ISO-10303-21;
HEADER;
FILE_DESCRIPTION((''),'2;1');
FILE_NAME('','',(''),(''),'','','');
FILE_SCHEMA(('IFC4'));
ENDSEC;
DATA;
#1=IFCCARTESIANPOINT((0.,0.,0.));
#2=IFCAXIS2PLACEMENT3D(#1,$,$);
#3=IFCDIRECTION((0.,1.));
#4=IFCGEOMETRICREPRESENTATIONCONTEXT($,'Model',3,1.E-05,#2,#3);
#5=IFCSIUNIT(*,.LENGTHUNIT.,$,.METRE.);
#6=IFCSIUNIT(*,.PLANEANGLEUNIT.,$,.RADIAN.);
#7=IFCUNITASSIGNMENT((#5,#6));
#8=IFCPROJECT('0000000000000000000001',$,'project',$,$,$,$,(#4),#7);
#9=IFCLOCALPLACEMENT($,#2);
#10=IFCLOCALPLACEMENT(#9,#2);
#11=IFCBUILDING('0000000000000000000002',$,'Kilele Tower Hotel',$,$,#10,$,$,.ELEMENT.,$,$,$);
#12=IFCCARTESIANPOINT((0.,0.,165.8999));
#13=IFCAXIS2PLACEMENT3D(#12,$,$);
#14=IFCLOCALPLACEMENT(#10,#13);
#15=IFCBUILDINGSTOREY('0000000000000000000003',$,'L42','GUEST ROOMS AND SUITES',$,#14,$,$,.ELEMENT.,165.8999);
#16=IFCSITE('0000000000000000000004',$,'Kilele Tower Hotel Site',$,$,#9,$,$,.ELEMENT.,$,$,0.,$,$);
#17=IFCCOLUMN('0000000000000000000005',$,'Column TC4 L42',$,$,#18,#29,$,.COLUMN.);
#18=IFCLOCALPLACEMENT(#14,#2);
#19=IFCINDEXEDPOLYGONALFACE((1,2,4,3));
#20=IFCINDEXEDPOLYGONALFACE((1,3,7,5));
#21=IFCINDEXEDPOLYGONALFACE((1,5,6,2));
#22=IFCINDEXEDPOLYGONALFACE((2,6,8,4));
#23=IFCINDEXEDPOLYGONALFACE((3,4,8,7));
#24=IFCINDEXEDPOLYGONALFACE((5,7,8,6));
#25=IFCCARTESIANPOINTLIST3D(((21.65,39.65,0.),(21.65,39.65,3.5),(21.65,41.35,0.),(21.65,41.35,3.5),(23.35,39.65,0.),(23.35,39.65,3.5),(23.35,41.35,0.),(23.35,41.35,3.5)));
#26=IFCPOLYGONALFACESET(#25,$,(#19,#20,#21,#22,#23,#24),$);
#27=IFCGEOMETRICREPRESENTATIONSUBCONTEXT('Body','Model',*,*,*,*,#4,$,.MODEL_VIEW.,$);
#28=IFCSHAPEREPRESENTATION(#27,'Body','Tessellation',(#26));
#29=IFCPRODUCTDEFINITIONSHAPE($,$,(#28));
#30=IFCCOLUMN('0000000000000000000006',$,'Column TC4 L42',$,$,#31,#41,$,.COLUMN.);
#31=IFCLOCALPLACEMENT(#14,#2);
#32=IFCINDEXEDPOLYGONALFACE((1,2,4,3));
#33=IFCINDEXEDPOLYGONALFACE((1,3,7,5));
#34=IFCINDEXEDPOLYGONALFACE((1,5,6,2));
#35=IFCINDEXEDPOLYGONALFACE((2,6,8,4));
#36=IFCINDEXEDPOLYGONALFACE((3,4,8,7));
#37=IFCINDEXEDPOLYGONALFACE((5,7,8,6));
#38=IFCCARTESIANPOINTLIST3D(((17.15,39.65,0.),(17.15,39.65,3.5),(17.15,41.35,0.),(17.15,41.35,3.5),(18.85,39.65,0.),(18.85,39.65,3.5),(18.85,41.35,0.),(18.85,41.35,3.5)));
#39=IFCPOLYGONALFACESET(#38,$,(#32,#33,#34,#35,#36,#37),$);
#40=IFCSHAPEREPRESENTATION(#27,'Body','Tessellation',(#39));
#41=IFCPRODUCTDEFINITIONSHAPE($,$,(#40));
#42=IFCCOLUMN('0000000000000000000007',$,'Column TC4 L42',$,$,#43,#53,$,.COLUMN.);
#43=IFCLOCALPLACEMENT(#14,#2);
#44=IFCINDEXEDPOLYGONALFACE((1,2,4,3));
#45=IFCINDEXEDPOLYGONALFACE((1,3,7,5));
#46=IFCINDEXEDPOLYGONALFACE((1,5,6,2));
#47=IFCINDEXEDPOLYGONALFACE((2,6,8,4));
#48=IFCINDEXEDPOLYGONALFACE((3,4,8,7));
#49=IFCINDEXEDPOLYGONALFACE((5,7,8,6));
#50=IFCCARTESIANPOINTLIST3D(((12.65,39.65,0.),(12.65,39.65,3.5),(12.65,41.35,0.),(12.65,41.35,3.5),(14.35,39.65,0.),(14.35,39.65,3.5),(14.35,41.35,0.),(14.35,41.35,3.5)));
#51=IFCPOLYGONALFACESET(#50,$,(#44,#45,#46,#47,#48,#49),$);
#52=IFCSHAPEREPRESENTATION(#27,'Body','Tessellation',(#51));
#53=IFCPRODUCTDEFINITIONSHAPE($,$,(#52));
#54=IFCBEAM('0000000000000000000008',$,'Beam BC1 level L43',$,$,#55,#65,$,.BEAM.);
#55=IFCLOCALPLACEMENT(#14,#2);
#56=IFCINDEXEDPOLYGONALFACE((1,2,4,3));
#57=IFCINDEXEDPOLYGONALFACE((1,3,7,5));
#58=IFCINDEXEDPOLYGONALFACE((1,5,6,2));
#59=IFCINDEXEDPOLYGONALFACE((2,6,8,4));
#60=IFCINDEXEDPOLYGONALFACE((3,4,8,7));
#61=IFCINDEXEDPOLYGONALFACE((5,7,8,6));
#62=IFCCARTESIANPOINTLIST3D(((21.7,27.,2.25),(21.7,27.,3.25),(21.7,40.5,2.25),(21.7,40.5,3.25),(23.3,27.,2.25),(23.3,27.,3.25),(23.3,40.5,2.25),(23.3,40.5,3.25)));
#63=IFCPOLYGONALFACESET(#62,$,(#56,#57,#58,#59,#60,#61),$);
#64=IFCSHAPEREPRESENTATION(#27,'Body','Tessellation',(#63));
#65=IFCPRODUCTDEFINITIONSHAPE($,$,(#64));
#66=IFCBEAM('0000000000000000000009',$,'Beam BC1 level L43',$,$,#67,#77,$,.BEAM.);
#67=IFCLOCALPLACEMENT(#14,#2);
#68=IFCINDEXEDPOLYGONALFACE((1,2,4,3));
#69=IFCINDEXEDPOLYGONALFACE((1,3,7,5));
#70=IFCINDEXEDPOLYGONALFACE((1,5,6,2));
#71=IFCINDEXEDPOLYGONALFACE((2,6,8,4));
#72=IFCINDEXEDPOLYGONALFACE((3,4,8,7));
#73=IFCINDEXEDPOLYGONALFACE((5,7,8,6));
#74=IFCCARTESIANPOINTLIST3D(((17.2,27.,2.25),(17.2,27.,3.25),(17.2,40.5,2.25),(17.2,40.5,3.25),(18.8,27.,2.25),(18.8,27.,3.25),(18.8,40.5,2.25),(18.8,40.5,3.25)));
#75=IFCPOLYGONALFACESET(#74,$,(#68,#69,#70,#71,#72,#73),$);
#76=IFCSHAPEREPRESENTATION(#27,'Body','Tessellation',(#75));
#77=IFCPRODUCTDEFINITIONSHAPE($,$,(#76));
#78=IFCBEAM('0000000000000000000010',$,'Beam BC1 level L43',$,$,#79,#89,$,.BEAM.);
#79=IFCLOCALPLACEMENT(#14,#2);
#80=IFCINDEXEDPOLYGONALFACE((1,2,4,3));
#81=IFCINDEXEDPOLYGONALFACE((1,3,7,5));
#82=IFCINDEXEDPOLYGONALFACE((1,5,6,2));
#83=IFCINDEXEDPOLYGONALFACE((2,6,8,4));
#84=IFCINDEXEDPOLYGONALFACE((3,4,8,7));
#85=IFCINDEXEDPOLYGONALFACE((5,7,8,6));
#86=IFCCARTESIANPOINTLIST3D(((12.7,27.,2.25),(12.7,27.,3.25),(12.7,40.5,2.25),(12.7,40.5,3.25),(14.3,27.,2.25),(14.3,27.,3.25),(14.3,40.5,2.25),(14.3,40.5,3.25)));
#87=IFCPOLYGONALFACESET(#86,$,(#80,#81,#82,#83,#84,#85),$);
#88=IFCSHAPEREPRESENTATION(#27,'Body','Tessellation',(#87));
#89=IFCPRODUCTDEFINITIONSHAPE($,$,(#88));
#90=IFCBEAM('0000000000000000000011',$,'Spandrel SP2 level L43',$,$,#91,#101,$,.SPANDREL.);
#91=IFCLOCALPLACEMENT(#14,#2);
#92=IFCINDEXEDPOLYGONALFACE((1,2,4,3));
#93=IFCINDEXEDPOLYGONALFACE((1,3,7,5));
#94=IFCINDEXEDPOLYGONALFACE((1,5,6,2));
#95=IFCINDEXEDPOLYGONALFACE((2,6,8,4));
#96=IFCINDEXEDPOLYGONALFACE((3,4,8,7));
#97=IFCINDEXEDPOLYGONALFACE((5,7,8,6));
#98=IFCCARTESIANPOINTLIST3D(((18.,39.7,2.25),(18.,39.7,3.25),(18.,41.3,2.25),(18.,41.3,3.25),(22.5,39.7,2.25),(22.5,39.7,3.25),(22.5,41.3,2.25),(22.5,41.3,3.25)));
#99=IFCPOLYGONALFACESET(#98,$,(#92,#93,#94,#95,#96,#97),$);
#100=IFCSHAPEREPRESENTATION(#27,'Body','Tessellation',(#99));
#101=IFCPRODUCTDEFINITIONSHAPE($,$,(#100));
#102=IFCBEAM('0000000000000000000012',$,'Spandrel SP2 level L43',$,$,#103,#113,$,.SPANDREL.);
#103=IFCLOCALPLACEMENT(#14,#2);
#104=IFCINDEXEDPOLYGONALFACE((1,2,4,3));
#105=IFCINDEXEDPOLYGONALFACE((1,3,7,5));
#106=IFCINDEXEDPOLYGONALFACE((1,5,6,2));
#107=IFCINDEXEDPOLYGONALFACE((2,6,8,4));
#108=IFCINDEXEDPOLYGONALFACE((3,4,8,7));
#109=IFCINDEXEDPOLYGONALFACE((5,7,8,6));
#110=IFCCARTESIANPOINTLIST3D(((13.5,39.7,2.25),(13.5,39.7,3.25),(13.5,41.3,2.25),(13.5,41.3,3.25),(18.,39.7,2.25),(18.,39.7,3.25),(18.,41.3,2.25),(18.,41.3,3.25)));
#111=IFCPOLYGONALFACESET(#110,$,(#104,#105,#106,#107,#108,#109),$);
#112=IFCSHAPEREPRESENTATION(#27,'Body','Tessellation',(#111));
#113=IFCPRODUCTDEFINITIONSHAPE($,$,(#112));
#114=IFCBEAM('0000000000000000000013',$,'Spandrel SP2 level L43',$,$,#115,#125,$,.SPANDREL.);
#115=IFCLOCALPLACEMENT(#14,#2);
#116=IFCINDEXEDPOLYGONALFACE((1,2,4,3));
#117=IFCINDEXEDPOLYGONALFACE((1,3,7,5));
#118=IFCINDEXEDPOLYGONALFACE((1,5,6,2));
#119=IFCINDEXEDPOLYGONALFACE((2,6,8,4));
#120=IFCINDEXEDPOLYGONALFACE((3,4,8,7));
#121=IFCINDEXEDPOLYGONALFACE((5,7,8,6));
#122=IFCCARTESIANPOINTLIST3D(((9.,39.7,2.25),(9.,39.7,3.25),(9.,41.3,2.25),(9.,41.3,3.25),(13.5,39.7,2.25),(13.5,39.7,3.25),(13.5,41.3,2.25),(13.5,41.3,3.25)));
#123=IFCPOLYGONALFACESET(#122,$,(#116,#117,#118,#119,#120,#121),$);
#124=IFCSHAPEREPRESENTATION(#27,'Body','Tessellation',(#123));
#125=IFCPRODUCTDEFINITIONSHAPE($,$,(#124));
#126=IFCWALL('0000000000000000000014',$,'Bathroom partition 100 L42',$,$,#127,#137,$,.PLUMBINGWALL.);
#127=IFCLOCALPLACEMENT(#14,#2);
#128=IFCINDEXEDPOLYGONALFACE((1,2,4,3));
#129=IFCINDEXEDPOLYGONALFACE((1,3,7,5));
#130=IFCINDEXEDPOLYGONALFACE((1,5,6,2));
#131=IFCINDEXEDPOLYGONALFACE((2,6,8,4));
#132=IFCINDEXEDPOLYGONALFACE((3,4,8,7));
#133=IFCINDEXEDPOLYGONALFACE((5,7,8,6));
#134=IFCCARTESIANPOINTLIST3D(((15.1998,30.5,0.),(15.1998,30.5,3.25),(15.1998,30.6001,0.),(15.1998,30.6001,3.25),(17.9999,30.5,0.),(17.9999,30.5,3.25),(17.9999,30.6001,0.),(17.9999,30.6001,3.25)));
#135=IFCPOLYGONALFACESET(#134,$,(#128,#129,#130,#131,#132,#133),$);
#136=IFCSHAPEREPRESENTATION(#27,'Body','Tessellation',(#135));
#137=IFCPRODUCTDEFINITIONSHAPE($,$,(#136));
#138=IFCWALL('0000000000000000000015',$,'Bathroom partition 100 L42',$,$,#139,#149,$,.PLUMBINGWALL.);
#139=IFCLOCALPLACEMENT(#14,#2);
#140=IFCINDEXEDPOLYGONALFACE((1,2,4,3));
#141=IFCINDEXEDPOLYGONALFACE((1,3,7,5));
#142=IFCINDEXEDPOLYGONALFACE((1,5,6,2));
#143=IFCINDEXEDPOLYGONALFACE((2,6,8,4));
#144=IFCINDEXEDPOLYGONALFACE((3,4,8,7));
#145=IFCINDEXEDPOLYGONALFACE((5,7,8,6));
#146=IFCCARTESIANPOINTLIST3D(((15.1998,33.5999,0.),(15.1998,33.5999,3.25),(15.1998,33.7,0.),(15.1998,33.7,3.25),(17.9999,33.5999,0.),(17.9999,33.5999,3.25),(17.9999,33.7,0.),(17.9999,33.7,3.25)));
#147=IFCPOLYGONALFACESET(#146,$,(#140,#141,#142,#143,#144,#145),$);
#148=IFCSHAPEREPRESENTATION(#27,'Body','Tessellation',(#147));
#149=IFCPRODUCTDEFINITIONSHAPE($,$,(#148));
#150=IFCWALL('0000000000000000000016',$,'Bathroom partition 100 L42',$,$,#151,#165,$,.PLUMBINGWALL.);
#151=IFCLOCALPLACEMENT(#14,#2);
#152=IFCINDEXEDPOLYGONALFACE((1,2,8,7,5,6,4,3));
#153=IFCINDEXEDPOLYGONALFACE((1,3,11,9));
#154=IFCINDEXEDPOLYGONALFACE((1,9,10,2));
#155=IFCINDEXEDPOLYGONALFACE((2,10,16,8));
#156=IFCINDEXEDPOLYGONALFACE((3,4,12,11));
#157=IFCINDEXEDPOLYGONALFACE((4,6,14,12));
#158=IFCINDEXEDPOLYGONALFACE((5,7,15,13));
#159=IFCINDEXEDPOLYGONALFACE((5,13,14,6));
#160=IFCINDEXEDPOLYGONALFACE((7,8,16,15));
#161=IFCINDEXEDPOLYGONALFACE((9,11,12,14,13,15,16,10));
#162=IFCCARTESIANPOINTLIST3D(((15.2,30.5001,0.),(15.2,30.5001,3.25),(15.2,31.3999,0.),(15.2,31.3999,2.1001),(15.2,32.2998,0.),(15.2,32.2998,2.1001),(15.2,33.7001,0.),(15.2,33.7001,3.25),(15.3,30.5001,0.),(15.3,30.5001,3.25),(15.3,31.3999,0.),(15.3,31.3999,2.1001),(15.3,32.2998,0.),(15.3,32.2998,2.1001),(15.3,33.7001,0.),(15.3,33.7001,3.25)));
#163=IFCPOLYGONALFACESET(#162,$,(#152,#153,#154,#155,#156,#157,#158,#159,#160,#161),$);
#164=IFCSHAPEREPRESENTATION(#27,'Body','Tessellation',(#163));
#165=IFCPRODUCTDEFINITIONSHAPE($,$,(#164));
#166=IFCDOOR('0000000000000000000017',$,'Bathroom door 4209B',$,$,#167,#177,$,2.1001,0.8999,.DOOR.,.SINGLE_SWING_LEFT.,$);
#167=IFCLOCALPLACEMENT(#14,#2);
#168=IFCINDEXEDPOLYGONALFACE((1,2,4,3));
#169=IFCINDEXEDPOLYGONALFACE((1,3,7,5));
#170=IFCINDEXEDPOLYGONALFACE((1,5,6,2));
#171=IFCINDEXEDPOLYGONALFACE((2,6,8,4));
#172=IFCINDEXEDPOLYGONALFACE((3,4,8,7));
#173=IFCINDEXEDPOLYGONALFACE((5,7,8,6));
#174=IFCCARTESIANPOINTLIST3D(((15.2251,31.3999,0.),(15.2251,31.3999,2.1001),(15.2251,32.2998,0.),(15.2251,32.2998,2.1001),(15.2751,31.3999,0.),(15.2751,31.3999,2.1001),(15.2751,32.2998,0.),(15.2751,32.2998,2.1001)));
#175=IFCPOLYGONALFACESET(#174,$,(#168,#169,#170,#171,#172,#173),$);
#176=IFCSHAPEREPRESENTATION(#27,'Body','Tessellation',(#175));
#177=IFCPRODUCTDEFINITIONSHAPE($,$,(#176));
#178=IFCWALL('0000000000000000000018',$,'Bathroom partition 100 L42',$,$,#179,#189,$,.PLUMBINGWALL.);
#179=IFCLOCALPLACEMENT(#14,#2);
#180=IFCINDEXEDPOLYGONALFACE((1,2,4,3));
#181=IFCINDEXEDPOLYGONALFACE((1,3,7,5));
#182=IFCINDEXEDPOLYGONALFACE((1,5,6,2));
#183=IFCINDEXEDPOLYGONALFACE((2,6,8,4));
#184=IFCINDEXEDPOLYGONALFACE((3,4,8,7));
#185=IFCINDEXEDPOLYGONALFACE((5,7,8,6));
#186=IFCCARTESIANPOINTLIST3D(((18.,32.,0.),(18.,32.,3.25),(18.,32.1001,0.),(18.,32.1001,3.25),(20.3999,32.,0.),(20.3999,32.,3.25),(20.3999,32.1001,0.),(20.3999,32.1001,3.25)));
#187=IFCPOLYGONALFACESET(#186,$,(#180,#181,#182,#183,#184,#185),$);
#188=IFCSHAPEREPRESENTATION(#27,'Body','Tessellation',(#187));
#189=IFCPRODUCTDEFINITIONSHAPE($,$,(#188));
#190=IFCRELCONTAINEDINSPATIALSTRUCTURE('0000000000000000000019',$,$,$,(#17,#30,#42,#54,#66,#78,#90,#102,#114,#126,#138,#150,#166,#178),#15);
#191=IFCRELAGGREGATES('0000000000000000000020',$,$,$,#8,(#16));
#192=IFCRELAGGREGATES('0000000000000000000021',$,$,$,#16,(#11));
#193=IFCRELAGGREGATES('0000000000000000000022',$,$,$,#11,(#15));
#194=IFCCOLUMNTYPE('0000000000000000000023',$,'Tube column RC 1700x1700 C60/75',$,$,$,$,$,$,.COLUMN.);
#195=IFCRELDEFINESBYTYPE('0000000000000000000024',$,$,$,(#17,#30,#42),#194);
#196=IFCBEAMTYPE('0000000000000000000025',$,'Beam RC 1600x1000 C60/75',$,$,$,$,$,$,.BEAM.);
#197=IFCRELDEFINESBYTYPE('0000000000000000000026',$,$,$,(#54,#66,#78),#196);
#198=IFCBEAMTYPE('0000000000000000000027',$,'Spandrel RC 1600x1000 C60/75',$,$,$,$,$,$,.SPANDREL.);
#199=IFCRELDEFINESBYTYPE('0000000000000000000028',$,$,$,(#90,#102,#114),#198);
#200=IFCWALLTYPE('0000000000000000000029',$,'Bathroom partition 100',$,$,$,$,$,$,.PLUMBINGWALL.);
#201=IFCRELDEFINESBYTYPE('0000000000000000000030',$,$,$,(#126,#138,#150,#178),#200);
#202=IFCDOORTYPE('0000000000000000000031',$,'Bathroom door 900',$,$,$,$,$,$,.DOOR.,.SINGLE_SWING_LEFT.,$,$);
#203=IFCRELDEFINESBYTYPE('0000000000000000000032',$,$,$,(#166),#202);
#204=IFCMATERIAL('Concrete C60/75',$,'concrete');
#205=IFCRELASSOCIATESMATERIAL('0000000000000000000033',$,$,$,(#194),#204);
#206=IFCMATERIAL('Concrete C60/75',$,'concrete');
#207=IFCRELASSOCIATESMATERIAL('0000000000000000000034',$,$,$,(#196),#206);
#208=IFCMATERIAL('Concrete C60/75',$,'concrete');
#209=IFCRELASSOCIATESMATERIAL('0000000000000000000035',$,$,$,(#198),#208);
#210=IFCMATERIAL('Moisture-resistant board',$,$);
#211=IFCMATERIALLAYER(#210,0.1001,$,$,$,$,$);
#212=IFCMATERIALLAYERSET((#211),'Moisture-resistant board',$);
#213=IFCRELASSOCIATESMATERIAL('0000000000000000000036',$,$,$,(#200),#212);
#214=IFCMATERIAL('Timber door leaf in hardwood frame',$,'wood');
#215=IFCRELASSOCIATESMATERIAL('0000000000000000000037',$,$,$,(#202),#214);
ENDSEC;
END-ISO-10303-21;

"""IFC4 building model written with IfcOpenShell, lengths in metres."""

from ifc_helpers import new_model, si_unit, direction, frame, frame_2d, origin, origin_2d, place, context, subcontext, project, spatial, rectangle, extrude, material, layer, layer_set, material_profile, profile_set, type_object, element, fill, save


model = new_model("IFC4")

# Units and contexts
model_context = context("Model", 3, precision=1e-05, world=origin(), true_north=direction((0.0, 1.0)))
body_context = subcontext(model_context, "Body", "Model", "MODEL_VIEW")
ifc_project = project(units=[si_unit("LENGTHUNIT", "METRE"), si_unit("PLANEANGLEUNIT", "RADIAN")], contexts=[model_context])

# Site, building, storey
site_placement = place(None, origin())
site = spatial("IfcSite", under=ifc_project, at=site_placement, Name="Kilele Tower Hotel Site", CompositionType="ELEMENT", RefElevation=0.0)
building_placement = place(site_placement, origin())
building = spatial("IfcBuilding", under=site, at=building_placement, Name="Kilele Tower Hotel", CompositionType="ELEMENT")
storey_placement = place(building_placement, frame((0.0, 0.0, 165.8999)))
storey = spatial("IfcBuildingStorey", under=building, at=storey_placement, Name="L42", Description="GUEST ROOMS AND SUITES", CompositionType="ELEMENT", Elevation=165.8999)

# Columns
ifc_material_1 = material(Name="Concrete C60/75", Category="concrete")
ifc_material_profile_1 = material_profile(ifc_material_1, rectangle(XDim=1.7, YDim=1.7, at=origin_2d()))
ifc_profile_set_1 = profile_set([ifc_material_profile_1], Name="Concrete C60/75")
column_type = type_object("IfcColumnType", Name="Tube column RC 1700x1700 C60/75", PredefinedType="COLUMN", material=ifc_profile_set_1)
for number, where, z_axis, x_axis, name in (
    (1, (22.5, 40.5, 0.0), (0.0, 0.0, 1.0), (1.0, 0.0, 0.0), "Column TC4 L42"),
    (2, (18.0, 40.5, 0.0), (0.0, 0.0, 1.0), (1.0, 0.0, 0.0), "Column TC4 L42"),
    (3, (13.5, 40.5, 0.0), (0.0, 0.0, 1.0), (1.0, 0.0, 0.0), "Column TC4 L42"),
):
    element("IfcColumn", number, at=place(storey_placement, frame(where, z_axis=z_axis, x_axis=x_axis)), inside=storey, type_object=column_type, Name=name, PredefinedType="COLUMN", context=body_context, shape_type="SweptSolid", body=[
        extrude(rectangle(XDim=1.7, YDim=1.7, at=origin_2d()), origin(), (0.0, 0.0, 1.0), 3.5),
    ])

# Beams
ifc_material_2 = material(Name="Concrete C60/75", Category="concrete")
ifc_material_profile_2 = material_profile(ifc_material_2, rectangle(XDim=1.6001, YDim=1.0, at=origin_2d()))
ifc_profile_set_2 = profile_set([ifc_material_profile_2], Name="Concrete C60/75")
beam_type_1 = type_object("IfcBeamType", Name="Beam RC 1600x1000 C60/75", PredefinedType="BEAM", material=ifc_profile_set_2)
for number, where, z_axis, x_axis, name in (
    (4, (22.5, 40.5, 2.75), (0.0, -1.0, 0.0), (1.0, 0.0, 0.0), "Beam BC1 level L43"),
    (5, (18.0, 40.5, 2.75), (0.0, -1.0, 0.0), (1.0, 0.0, 0.0), "Beam BC1 level L43"),
    (6, (13.5, 40.5, 2.75), (0.0, -1.0, 0.0), (1.0, 0.0, 0.0), "Beam BC1 level L43"),
):
    element("IfcBeam", number, at=place(storey_placement, frame(where, z_axis=z_axis, x_axis=x_axis)), inside=storey, type_object=beam_type_1, Name=name, PredefinedType="BEAM", context=body_context, shape_type="SweptSolid", body=[
        extrude(rectangle(XDim=1.6001, YDim=1.0, at=origin_2d()), origin(), (0.0, 0.0, 1.0), 13.5),
    ])
ifc_material_3 = material(Name="Concrete C60/75", Category="concrete")
ifc_material_profile_3 = material_profile(ifc_material_3, rectangle(XDim=1.6001, YDim=1.0, at=origin_2d()))
ifc_profile_set_3 = profile_set([ifc_material_profile_3], Name="Concrete C60/75")
beam_type_2 = type_object("IfcBeamType", Name="Spandrel RC 1600x1000 C60/75", PredefinedType="SPANDREL", material=ifc_profile_set_3)
for number, where, z_axis, x_axis, name in (
    (7, (22.5, 40.5, 2.75), (-1.0, 0.0, 0.0), (0.0, -1.0, 0.0), "Spandrel SP2 level L43"),
    (8, (18.0, 40.5, 2.75), (-1.0, 0.0, 0.0), (0.0, -1.0, 0.0), "Spandrel SP2 level L43"),
    (9, (13.5, 40.5, 2.75), (-1.0, 0.0, 0.0), (0.0, -1.0, 0.0), "Spandrel SP2 level L43"),
):
    element("IfcBeam", number, at=place(storey_placement, frame(where, z_axis=z_axis, x_axis=x_axis)), inside=storey, type_object=beam_type_2, Name=name, PredefinedType="SPANDREL", context=body_context, shape_type="SweptSolid", body=[
        extrude(rectangle(XDim=1.6001, YDim=1.0, at=origin_2d()), origin(), (0.0, 0.0, 1.0), 4.5),
    ])

# Walls
ifc_material_4 = material(Name="Moisture-resistant board")
ifc_layer_1 = layer(ifc_material_4, 0.1001)
ifc_layer_set_1 = layer_set([ifc_layer_1], Name="Moisture-resistant board")
wall_type_1 = type_object("IfcWallType", Name="Bathroom partition 100", PredefinedType="PLUMBINGWALL", material=ifc_layer_set_1)
for number, where, z_axis, x_axis, name in (
    (10, (15.2, 30.55, 0.0), (0.0, 0.0, 1.0), (1.0, 0.0, 0.0), "Bathroom partition 100 L42"),
    (11, (15.2, 33.6499, 0.0), (0.0, 0.0, 1.0), (1.0, 0.0, 0.0), "Bathroom partition 100 L42"),
):
    element("IfcWall", number, at=place(storey_placement, frame(where, z_axis=z_axis, x_axis=x_axis)), inside=storey, type_object=wall_type_1, Name=name, PredefinedType="PLUMBINGWALL", context=body_context, shape_type="SweptSolid", body=[
        extrude(rectangle(XDim=2.8, YDim=0.1001, at=frame_2d((1.3999, 0.0))), origin(), (0.0, 0.0, 1.0), 3.25),
    ])

# Wall, opening, door
wall_1_placement = place(storey_placement, frame((15.25, 30.5, 0.0), z_axis=(0.0, 0.0, 1.0), x_axis=(0.0, 1.0, 0.0)))
wall_1 = element("IfcWall", 12, at=wall_1_placement, inside=storey, type_object=wall_type_1, Name="Bathroom partition 100 L42", PredefinedType="PLUMBINGWALL", context=body_context, shape_type="SweptSolid", body=[
    extrude(rectangle(XDim=3.2, YDim=0.1001, at=frame_2d((1.6001, 0.0))), origin(), (0.0, 0.0, 1.0), 3.25),
])
opening_1_placement = place(wall_1_placement, frame((0.8999, 0.0, 0.0)))
opening_1 = element("IfcOpeningElement", 13, at=opening_1_placement, cuts=wall_1, PredefinedType="OPENING", context=body_context, shape_type="SweptSolid", body=[
    extrude(rectangle(XDim=0.8999, YDim=2.1001, at=frame_2d((0.45, 1.05))), frame((0.0, 0.0601, 0.0), z_axis=(0.0, -1.0, 0.0), x_axis=(1.0, 0.0, 0.0)), (0.0, 0.0, 1.0), 0.1201),
])
ifc_material_5 = material(Name="Timber door leaf in hardwood frame", Category="wood")
door_type_1 = type_object("IfcDoorType", Name="Bathroom door 900", OperationType="SINGLE_SWING_LEFT", PredefinedType="DOOR", material=ifc_material_5)
door_1_placement = place(opening_1_placement, origin())
door_1 = element("IfcDoor", 14, at=door_1_placement, inside=storey, type_object=door_type_1, Name="Bathroom door 4209B", OperationType="SINGLE_SWING_LEFT", OverallHeight=2.1001, OverallWidth=0.8999, PredefinedType="DOOR", context=body_context, shape_type="SweptSolid", body=[
    extrude(rectangle(XDim=0.8999, YDim=2.1001, at=frame_2d((0.45, 1.05))), frame((0.0, 0.0249, 0.0), z_axis=(0.0, -1.0, 0.0), x_axis=(1.0, 0.0, 0.0)), (0.0, 0.0, 1.0), 0.05),
])
fill(opening_1, door_1)

# Wall
wall_2_placement = place(storey_placement, frame((18.0, 32.05, 0.0), z_axis=(0.0, 0.0, 1.0), x_axis=(1.0, 0.0, 0.0)))
element("IfcWall", 15, at=wall_2_placement, inside=storey, type_object=wall_type_1, Name="Bathroom partition 100 L42", PredefinedType="PLUMBINGWALL", context=body_context, shape_type="SweptSolid", body=[
    extrude(rectangle(XDim=2.3999, YDim=0.1001, at=frame_2d((1.2, 0.0))), origin(), (0.0, 0.0, 1.0), 3.25),
])

save(model, "model.ifc")
